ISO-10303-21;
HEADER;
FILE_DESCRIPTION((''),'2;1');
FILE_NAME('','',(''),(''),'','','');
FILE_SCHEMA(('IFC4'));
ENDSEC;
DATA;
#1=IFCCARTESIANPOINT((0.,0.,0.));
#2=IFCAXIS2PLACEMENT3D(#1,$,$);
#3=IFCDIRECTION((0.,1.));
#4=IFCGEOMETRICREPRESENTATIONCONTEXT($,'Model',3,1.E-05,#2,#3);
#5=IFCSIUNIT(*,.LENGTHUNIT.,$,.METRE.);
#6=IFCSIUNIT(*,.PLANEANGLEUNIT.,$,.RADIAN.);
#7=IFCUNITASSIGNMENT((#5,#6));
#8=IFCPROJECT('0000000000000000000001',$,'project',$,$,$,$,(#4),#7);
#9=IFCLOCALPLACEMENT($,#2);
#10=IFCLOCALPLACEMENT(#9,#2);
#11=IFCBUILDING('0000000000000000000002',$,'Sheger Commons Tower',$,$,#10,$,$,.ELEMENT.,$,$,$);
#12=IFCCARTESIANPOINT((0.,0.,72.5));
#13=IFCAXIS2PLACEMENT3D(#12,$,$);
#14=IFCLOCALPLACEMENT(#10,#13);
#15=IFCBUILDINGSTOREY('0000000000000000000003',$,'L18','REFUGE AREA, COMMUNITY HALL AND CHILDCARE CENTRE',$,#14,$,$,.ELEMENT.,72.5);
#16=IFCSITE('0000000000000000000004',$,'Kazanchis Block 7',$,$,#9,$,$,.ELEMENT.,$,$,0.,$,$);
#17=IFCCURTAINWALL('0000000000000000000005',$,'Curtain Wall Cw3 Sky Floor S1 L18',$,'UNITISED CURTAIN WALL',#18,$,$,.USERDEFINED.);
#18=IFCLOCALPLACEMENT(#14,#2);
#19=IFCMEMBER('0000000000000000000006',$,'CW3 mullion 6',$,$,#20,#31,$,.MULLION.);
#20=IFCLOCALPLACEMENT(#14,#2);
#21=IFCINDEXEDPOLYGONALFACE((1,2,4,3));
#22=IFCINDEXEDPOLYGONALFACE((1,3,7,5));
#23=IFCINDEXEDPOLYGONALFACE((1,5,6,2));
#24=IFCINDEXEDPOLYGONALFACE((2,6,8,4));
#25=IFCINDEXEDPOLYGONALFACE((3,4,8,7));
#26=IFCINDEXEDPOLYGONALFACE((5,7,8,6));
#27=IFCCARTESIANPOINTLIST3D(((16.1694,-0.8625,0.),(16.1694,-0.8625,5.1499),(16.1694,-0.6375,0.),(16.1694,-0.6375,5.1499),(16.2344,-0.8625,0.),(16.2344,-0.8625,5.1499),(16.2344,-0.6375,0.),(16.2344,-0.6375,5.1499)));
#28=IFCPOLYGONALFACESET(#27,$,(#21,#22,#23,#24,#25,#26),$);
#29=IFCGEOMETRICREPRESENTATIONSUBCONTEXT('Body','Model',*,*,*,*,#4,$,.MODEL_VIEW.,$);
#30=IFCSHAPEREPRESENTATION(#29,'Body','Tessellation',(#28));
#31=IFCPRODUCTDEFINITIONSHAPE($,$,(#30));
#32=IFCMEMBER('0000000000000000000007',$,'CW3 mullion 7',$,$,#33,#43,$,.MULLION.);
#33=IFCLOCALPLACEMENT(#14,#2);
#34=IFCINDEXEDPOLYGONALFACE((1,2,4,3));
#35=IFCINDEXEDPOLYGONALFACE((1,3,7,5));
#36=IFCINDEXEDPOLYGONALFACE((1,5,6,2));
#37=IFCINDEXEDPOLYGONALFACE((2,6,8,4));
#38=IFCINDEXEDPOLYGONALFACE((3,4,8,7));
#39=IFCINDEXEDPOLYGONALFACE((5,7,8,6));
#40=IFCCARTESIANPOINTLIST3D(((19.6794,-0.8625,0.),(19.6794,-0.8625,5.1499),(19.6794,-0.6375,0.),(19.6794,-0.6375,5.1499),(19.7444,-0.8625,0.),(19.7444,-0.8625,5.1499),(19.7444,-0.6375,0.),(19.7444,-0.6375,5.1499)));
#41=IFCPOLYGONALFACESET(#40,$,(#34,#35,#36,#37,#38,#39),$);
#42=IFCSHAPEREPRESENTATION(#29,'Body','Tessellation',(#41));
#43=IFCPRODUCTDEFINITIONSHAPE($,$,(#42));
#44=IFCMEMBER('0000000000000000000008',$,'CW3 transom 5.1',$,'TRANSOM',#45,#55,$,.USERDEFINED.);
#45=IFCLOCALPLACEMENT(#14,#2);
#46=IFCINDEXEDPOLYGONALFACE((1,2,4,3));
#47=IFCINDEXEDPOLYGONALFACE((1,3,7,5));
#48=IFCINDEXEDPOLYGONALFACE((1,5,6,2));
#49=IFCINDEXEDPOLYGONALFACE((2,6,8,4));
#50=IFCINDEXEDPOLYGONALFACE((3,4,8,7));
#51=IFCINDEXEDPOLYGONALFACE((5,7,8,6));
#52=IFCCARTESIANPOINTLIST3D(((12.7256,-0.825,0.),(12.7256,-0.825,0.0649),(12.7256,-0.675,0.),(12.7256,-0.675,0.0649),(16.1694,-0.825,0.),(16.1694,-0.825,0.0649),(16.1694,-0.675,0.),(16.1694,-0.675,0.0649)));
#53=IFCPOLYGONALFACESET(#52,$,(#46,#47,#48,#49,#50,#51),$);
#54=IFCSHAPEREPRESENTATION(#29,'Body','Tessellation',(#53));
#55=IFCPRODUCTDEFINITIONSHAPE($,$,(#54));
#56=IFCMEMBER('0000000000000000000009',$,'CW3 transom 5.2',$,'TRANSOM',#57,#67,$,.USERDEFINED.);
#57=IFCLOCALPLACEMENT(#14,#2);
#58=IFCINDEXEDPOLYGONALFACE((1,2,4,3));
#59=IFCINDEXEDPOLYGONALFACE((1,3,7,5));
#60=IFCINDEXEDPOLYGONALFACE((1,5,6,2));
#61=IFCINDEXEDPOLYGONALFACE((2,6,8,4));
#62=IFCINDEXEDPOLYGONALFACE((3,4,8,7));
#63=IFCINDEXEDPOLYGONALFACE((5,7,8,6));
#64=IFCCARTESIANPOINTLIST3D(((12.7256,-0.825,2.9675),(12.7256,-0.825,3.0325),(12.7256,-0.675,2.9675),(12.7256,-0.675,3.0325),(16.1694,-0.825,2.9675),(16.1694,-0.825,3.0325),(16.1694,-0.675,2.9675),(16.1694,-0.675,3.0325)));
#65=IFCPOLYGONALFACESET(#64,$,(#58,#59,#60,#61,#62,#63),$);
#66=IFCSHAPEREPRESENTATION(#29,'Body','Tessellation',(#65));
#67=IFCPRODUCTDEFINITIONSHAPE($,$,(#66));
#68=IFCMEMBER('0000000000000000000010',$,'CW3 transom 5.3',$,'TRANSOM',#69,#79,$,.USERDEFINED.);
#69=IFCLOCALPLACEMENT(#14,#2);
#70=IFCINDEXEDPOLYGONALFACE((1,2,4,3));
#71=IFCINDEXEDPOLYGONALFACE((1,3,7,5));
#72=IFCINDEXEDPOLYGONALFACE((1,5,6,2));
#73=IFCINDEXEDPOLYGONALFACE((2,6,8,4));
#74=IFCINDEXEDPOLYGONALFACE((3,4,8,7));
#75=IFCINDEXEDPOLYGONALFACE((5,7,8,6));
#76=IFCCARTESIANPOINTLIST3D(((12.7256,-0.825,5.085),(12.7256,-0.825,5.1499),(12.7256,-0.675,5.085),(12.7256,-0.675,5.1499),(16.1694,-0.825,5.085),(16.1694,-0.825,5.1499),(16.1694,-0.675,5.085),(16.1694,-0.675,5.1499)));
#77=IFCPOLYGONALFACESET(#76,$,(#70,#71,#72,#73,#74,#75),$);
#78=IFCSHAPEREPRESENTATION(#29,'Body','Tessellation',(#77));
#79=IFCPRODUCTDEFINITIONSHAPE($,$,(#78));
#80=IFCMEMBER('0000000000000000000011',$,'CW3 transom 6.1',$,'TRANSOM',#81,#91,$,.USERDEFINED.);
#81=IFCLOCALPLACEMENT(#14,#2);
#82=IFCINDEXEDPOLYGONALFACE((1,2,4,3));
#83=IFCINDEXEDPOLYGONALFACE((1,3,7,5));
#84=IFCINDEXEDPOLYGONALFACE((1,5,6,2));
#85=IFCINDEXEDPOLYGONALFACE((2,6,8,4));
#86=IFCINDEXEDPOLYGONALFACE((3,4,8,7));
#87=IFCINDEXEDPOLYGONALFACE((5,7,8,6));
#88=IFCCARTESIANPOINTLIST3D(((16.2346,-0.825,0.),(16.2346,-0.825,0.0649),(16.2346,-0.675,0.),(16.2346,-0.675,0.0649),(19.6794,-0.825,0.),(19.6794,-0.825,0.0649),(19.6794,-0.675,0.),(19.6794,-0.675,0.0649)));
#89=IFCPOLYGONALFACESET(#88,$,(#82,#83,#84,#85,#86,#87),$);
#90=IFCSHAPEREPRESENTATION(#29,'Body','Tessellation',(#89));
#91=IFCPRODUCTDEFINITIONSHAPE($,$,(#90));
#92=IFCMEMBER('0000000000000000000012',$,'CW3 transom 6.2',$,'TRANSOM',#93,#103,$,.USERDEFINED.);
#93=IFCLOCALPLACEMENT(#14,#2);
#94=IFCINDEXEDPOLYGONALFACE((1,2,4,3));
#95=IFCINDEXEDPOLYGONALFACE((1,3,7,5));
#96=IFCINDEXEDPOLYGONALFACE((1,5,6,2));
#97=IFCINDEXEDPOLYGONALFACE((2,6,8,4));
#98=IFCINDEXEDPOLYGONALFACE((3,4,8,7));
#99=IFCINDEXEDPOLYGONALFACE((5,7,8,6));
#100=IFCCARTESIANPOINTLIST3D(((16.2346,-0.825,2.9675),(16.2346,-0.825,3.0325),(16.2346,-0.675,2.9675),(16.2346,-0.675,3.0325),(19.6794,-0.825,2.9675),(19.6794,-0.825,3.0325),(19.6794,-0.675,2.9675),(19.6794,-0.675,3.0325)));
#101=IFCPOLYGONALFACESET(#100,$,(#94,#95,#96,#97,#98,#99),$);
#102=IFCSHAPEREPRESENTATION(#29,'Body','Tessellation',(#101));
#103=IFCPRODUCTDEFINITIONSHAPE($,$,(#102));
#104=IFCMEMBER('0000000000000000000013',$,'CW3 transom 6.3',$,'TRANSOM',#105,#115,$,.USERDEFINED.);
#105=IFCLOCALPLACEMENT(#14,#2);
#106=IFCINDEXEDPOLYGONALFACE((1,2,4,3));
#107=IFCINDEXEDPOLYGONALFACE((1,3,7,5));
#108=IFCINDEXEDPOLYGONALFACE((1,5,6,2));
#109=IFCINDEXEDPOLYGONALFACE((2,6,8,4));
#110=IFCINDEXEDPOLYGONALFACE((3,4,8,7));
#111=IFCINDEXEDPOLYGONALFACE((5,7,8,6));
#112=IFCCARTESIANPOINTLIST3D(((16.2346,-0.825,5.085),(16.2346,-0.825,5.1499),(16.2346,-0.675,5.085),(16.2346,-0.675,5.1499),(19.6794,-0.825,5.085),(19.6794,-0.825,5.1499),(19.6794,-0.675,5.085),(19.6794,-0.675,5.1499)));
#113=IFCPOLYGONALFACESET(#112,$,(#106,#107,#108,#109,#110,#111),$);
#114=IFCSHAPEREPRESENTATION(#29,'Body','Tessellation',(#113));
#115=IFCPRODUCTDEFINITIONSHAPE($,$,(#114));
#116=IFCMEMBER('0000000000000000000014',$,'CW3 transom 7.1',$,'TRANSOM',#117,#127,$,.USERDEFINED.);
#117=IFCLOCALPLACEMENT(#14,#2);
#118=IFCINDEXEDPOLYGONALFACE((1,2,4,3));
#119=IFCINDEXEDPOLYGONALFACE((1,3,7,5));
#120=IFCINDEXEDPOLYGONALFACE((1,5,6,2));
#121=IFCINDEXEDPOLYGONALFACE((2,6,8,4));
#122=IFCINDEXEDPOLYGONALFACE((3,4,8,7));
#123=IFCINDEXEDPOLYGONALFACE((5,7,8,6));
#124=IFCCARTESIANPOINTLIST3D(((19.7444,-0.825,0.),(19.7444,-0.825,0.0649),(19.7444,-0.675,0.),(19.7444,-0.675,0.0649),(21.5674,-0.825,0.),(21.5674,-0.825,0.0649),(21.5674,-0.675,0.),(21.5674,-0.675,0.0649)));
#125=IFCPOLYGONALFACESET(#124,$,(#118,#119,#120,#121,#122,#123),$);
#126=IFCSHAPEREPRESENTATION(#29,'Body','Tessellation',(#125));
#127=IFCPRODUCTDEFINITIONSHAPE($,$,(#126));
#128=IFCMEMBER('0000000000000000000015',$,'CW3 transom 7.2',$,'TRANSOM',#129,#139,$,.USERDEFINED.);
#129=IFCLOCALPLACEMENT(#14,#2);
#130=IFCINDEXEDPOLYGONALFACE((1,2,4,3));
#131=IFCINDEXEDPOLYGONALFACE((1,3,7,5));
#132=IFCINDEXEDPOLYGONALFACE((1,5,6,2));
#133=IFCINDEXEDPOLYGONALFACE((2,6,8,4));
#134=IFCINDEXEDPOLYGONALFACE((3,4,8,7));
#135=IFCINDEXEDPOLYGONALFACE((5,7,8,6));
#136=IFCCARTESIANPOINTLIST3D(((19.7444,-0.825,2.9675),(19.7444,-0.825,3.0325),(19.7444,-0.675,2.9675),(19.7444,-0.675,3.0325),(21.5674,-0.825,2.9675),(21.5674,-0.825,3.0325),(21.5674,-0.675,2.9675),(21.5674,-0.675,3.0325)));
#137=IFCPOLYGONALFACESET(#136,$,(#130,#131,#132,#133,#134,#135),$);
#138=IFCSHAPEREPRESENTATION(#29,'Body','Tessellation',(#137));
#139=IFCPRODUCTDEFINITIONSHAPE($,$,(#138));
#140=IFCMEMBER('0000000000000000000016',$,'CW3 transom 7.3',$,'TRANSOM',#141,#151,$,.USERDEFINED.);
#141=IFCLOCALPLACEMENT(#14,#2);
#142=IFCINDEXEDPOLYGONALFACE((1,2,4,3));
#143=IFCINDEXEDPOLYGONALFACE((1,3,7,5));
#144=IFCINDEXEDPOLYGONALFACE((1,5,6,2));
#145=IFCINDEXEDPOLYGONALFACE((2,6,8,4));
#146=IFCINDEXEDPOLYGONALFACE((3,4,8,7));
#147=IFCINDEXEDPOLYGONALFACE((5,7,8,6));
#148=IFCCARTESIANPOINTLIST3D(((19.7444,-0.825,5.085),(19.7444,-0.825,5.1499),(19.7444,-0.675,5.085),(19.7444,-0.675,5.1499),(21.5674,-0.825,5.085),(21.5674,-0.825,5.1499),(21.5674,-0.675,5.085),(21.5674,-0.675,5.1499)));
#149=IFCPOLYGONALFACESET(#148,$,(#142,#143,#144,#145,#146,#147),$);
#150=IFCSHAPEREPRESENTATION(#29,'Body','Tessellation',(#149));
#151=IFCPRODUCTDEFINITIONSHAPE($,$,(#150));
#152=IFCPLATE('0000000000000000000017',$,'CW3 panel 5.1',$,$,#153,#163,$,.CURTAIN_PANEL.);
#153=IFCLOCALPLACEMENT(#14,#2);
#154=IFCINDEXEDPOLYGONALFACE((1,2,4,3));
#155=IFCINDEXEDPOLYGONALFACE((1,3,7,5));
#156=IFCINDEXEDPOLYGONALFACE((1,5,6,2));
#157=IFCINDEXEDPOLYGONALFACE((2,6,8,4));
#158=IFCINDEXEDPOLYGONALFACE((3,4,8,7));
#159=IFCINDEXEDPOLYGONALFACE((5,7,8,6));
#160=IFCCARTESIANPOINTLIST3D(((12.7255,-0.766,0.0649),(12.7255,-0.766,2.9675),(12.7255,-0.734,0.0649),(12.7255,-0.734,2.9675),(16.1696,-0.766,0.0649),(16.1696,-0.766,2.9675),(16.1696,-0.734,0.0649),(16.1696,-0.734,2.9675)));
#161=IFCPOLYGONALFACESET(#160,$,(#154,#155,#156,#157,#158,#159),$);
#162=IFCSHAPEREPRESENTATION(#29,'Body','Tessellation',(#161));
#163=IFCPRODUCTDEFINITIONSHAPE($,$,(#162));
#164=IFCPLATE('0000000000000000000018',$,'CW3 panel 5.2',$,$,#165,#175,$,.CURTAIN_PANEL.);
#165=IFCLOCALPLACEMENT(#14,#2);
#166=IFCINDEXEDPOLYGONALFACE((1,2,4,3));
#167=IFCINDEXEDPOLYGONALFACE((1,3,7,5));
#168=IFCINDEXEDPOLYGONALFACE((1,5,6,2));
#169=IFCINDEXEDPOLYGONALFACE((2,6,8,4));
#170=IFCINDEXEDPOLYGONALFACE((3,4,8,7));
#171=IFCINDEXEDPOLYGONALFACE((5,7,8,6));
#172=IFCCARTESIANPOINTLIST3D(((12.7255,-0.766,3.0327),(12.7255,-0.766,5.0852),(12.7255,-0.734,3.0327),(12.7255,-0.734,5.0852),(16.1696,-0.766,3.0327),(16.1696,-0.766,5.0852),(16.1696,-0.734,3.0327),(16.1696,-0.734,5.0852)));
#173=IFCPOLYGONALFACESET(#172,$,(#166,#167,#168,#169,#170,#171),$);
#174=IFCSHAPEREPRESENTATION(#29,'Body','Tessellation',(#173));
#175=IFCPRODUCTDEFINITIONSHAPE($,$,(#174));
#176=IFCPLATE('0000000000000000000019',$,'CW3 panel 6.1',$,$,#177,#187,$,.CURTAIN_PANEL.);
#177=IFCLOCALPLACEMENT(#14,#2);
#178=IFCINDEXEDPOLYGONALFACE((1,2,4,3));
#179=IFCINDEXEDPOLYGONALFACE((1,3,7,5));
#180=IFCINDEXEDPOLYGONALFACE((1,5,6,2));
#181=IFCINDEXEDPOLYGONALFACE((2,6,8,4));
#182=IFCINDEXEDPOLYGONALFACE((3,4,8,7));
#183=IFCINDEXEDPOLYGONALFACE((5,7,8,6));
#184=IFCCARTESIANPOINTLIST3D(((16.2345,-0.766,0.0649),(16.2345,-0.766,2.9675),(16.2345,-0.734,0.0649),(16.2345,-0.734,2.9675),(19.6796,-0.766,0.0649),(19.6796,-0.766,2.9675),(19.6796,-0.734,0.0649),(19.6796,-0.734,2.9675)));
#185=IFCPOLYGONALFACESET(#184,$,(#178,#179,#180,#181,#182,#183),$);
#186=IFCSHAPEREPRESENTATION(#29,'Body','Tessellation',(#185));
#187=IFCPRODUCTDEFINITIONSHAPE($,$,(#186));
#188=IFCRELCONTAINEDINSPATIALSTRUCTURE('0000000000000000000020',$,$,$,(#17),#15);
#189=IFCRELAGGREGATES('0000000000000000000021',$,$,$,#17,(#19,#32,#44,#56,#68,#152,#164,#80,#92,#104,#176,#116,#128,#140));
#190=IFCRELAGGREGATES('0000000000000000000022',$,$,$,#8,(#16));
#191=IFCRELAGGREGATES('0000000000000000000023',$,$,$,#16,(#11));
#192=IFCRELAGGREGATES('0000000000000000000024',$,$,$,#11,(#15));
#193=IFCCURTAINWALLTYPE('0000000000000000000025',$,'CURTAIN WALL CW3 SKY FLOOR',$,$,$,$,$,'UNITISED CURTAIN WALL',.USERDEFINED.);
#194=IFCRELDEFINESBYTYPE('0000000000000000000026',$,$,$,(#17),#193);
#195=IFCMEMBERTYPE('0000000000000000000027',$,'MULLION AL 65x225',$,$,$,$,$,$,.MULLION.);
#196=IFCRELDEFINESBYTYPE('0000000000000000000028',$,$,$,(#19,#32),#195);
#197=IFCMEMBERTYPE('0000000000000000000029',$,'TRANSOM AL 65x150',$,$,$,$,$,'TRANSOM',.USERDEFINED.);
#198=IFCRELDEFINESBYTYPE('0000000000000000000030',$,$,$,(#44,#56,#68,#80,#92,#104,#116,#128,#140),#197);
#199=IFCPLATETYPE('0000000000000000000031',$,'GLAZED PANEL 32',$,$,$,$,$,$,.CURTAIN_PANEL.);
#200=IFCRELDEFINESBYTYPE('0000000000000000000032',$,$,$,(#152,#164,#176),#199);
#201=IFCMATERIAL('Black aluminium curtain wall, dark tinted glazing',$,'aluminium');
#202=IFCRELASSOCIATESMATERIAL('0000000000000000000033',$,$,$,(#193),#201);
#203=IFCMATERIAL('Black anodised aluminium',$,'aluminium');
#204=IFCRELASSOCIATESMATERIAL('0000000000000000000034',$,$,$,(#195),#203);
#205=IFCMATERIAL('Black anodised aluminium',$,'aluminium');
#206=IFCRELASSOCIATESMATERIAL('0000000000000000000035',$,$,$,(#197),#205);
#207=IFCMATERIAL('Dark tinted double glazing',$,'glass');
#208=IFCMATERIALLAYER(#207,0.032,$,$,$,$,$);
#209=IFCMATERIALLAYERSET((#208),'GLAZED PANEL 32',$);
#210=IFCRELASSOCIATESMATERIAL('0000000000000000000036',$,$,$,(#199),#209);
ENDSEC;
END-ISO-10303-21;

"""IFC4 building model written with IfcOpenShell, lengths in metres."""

from ifc_helpers import new_model, si_unit, direction, frame, origin, origin_2d, place, context, subcontext, project, spatial, rectangle, extrude, material, layer, layer_set, material_profile, profile_set, type_object, element, aggregate, save


model = new_model("IFC4")

# Units and contexts
model_context = context("Model", 3, precision=1e-05, world=origin(), true_north=direction((0.0, 1.0)))
body_context = subcontext(model_context, "Body", "Model", "MODEL_VIEW")
ifc_project = project(units=[si_unit("LENGTHUNIT", "METRE"), si_unit("PLANEANGLEUNIT", "RADIAN")], contexts=[model_context])

# Site, building, storey
site_placement = place(None, origin())
site = spatial("IfcSite", under=ifc_project, at=site_placement, Name="Kazanchis Block 7", CompositionType="ELEMENT", RefElevation=0.0)
building_placement = place(site_placement, origin())
building = spatial("IfcBuilding", under=site, at=building_placement, Name="Sheger Commons Tower", CompositionType="ELEMENT")
storey_placement = place(building_placement, frame((0.0, 0.0, 72.5)))
storey = spatial("IfcBuildingStorey", under=building, at=storey_placement, Name="L18", Description="REFUGE AREA, COMMUNITY HALL AND CHILDCARE CENTRE", CompositionType="ELEMENT", Elevation=72.5)

# Curtain wall, members, plates
ifc_material_1 = material(Name="Black aluminium curtain wall, dark tinted glazing", Category="aluminium")
curtain_wall_type = type_object("IfcCurtainWallType", Name="CURTAIN WALL CW3 SKY FLOOR", ElementType="UNITISED CURTAIN WALL", PredefinedType="USERDEFINED", material=ifc_material_1)
curtain_wall_placement = place(storey_placement, origin())
curtain_wall = element("IfcCurtainWall", 1, at=curtain_wall_placement, inside=storey, type_object=curtain_wall_type, Name="Curtain Wall Cw3 Sky Floor S1 L18", ObjectType="UNITISED CURTAIN WALL", PredefinedType="USERDEFINED")
ifc_material_2 = material(Name="Black anodised aluminium", Category="aluminium")
ifc_material_profile_1 = material_profile(ifc_material_2, rectangle(XDim=0.2251, YDim=0.0649, at=origin_2d()), Name="AL 65x225")
ifc_profile_set_1 = profile_set([ifc_material_profile_1], Name="Black anodised aluminium")
member_type_1 = type_object("IfcMemberType", Name="MULLION AL 65x225", PredefinedType="MULLION", material=ifc_profile_set_1)
member_1_placement = place(storey_placement, frame((16.2019, -0.75, 0.0), z_axis=(0.0, 0.0, 1.0), x_axis=(0.0, 1.0, 0.0)))
member_1 = element("IfcMember", 2, at=member_1_placement, type_object=member_type_1, Name="CW3 mullion 6", PredefinedType="MULLION", context=body_context, shape_type="SweptSolid", body=[
    extrude(rectangle(XDim=0.2251, YDim=0.0649, at=origin_2d()), origin(), (0.0, 0.0, 1.0), 5.1499),
])
member_2_placement = place(storey_placement, frame((19.7119, -0.75, 0.0), z_axis=(0.0, 0.0, 1.0), x_axis=(0.0, 1.0, 0.0)))
member_2 = element("IfcMember", 3, at=member_2_placement, type_object=member_type_1, Name="CW3 mullion 7", PredefinedType="MULLION", context=body_context, shape_type="SweptSolid", body=[
    extrude(rectangle(XDim=0.2251, YDim=0.0649, at=origin_2d()), origin(), (0.0, 0.0, 1.0), 5.1499),
])
ifc_material_3 = material(Name="Black anodised aluminium", Category="aluminium")
ifc_material_profile_2 = material_profile(ifc_material_3, rectangle(XDim=0.1499, YDim=0.0649, at=origin_2d()), Name="AL 65x150")
ifc_profile_set_2 = profile_set([ifc_material_profile_2], Name="Black anodised aluminium")
member_type_2 = type_object("IfcMemberType", Name="TRANSOM AL 65x150", ElementType="TRANSOM", PredefinedType="USERDEFINED", material=ifc_profile_set_2)
member_3_placement = place(storey_placement, frame((12.7256, -0.75, 0.0325), z_axis=(1.0, 0.0, 0.0), x_axis=(0.0, 1.0, 0.0)))
member_3 = element("IfcMember", 4, at=member_3_placement, type_object=member_type_2, Name="CW3 transom 5.1", ObjectType="TRANSOM", PredefinedType="USERDEFINED", context=body_context, shape_type="SweptSolid", body=[
    extrude(rectangle(XDim=0.1499, YDim=0.0649, at=origin_2d()), origin(), (0.0, 0.0, 1.0), 3.4438),
])
member_4_placement = place(storey_placement, frame((12.7256, -0.75, 3.0), z_axis=(1.0, 0.0, 0.0), x_axis=(0.0, 1.0, 0.0)))
member_4 = element("IfcMember", 5, at=member_4_placement, type_object=member_type_2, Name="CW3 transom 5.2", ObjectType="TRANSOM", PredefinedType="USERDEFINED", context=body_context, shape_type="SweptSolid", body=[
    extrude(rectangle(XDim=0.1499, YDim=0.0649, at=origin_2d()), origin(), (0.0, 0.0, 1.0), 3.4438),
])
member_5_placement = place(storey_placement, frame((12.7256, -0.75, 5.1174), z_axis=(1.0, 0.0, 0.0), x_axis=(0.0, 1.0, 0.0)))
member_5 = element("IfcMember", 6, at=member_5_placement, type_object=member_type_2, Name="CW3 transom 5.3", ObjectType="TRANSOM", PredefinedType="USERDEFINED", context=body_context, shape_type="SweptSolid", body=[
    extrude(rectangle(XDim=0.1499, YDim=0.0649, at=origin_2d()), origin(), (0.0, 0.0, 1.0), 3.4438),
])
member_6_placement = place(storey_placement, frame((16.2346, -0.75, 0.0325), z_axis=(1.0, 0.0, 0.0), x_axis=(0.0, 1.0, 0.0)))
member_6 = element("IfcMember", 7, at=member_6_placement, type_object=member_type_2, Name="CW3 transom 6.1", ObjectType="TRANSOM", PredefinedType="USERDEFINED", context=body_context, shape_type="SweptSolid", body=[
    extrude(rectangle(XDim=0.1499, YDim=0.0649, at=origin_2d()), origin(), (0.0, 0.0, 1.0), 3.4448),
])
member_7_placement = place(storey_placement, frame((16.2346, -0.75, 3.0), z_axis=(1.0, 0.0, 0.0), x_axis=(0.0, 1.0, 0.0)))
member_7 = element("IfcMember", 8, at=member_7_placement, type_object=member_type_2, Name="CW3 transom 6.2", ObjectType="TRANSOM", PredefinedType="USERDEFINED", context=body_context, shape_type="SweptSolid", body=[
    extrude(rectangle(XDim=0.1499, YDim=0.0649, at=origin_2d()), origin(), (0.0, 0.0, 1.0), 3.4448),
])
member_8_placement = place(storey_placement, frame((16.2346, -0.75, 5.1174), z_axis=(1.0, 0.0, 0.0), x_axis=(0.0, 1.0, 0.0)))
member_8 = element("IfcMember", 9, at=member_8_placement, type_object=member_type_2, Name="CW3 transom 6.3", ObjectType="TRANSOM", PredefinedType="USERDEFINED", context=body_context, shape_type="SweptSolid", body=[
    extrude(rectangle(XDim=0.1499, YDim=0.0649, at=origin_2d()), origin(), (0.0, 0.0, 1.0), 3.4448),
])
member_9_placement = place(storey_placement, frame((19.7444, -0.75, 0.0325), z_axis=(1.0, 0.0, 0.0), x_axis=(0.0, 1.0, 0.0)))
member_9 = element("IfcMember", 10, at=member_9_placement, type_object=member_type_2, Name="CW3 transom 7.1", ObjectType="TRANSOM", PredefinedType="USERDEFINED", context=body_context, shape_type="SweptSolid", body=[
    extrude(rectangle(XDim=0.1499, YDim=0.0649, at=origin_2d()), origin(), (0.0, 0.0, 1.0), 1.823),
])
member_10_placement = place(storey_placement, frame((19.7444, -0.75, 3.0), z_axis=(1.0, 0.0, 0.0), x_axis=(0.0, 1.0, 0.0)))
member_10 = element("IfcMember", 11, at=member_10_placement, type_object=member_type_2, Name="CW3 transom 7.2", ObjectType="TRANSOM", PredefinedType="USERDEFINED", context=body_context, shape_type="SweptSolid", body=[
    extrude(rectangle(XDim=0.1499, YDim=0.0649, at=origin_2d()), origin(), (0.0, 0.0, 1.0), 1.823),
])
member_11_placement = place(storey_placement, frame((19.7444, -0.75, 5.1174), z_axis=(1.0, 0.0, 0.0), x_axis=(0.0, 1.0, 0.0)))
member_11 = element("IfcMember", 12, at=member_11_placement, type_object=member_type_2, Name="CW3 transom 7.3", ObjectType="TRANSOM", PredefinedType="USERDEFINED", context=body_context, shape_type="SweptSolid", body=[
    extrude(rectangle(XDim=0.1499, YDim=0.0649, at=origin_2d()), origin(), (0.0, 0.0, 1.0), 1.823),
])
ifc_material_4 = material(Name="Dark tinted double glazing", Category="glass")
ifc_layer_1 = layer(ifc_material_4, 0.032)
ifc_layer_set_1 = layer_set([ifc_layer_1], Name="GLAZED PANEL 32")
plate_type_1 = type_object("IfcPlateType", Name="GLAZED PANEL 32", PredefinedType="CURTAIN_PANEL", material=ifc_layer_set_1)
plate_1_placement = place(storey_placement, frame((14.4475, -0.75, 0.0649), z_axis=(0.0, 0.0, 1.0), x_axis=(1.0, 0.0, 0.0)))
plate_1 = element("IfcPlate", 13, at=plate_1_placement, type_object=plate_type_1, Name="CW3 panel 5.1", PredefinedType="CURTAIN_PANEL", context=body_context, shape_type="SweptSolid", body=[
    extrude(rectangle(XDim=3.4441, YDim=0.032, at=origin_2d()), origin(), (0.0, 0.0, 1.0), 2.9026),
])
plate_2_placement = place(storey_placement, frame((14.4475, -0.75, 3.0327), z_axis=(0.0, 0.0, 1.0), x_axis=(1.0, 0.0, 0.0)))
plate_2 = element("IfcPlate", 14, at=plate_2_placement, type_object=plate_type_1, Name="CW3 panel 5.2", PredefinedType="CURTAIN_PANEL", context=body_context, shape_type="SweptSolid", body=[
    extrude(rectangle(XDim=3.4441, YDim=0.032, at=origin_2d()), origin(), (0.0, 0.0, 1.0), 2.0525),
])
plate_3_placement = place(storey_placement, frame((17.957, -0.75, 0.0649), z_axis=(0.0, 0.0, 1.0), x_axis=(1.0, 0.0, 0.0)))
plate_3 = element("IfcPlate", 15, at=plate_3_placement, type_object=plate_type_1, Name="CW3 panel 6.1", PredefinedType="CURTAIN_PANEL", context=body_context, shape_type="SweptSolid", body=[
    extrude(rectangle(XDim=3.4451, YDim=0.032, at=origin_2d()), origin(), (0.0, 0.0, 1.0), 2.9026),
])
aggregate(curtain_wall, [member_1, member_2, member_3, member_4, member_5, plate_1, plate_2, member_6, member_7, member_8, plate_3, member_9, member_10, member_11])

save(model, "model.ifc")
